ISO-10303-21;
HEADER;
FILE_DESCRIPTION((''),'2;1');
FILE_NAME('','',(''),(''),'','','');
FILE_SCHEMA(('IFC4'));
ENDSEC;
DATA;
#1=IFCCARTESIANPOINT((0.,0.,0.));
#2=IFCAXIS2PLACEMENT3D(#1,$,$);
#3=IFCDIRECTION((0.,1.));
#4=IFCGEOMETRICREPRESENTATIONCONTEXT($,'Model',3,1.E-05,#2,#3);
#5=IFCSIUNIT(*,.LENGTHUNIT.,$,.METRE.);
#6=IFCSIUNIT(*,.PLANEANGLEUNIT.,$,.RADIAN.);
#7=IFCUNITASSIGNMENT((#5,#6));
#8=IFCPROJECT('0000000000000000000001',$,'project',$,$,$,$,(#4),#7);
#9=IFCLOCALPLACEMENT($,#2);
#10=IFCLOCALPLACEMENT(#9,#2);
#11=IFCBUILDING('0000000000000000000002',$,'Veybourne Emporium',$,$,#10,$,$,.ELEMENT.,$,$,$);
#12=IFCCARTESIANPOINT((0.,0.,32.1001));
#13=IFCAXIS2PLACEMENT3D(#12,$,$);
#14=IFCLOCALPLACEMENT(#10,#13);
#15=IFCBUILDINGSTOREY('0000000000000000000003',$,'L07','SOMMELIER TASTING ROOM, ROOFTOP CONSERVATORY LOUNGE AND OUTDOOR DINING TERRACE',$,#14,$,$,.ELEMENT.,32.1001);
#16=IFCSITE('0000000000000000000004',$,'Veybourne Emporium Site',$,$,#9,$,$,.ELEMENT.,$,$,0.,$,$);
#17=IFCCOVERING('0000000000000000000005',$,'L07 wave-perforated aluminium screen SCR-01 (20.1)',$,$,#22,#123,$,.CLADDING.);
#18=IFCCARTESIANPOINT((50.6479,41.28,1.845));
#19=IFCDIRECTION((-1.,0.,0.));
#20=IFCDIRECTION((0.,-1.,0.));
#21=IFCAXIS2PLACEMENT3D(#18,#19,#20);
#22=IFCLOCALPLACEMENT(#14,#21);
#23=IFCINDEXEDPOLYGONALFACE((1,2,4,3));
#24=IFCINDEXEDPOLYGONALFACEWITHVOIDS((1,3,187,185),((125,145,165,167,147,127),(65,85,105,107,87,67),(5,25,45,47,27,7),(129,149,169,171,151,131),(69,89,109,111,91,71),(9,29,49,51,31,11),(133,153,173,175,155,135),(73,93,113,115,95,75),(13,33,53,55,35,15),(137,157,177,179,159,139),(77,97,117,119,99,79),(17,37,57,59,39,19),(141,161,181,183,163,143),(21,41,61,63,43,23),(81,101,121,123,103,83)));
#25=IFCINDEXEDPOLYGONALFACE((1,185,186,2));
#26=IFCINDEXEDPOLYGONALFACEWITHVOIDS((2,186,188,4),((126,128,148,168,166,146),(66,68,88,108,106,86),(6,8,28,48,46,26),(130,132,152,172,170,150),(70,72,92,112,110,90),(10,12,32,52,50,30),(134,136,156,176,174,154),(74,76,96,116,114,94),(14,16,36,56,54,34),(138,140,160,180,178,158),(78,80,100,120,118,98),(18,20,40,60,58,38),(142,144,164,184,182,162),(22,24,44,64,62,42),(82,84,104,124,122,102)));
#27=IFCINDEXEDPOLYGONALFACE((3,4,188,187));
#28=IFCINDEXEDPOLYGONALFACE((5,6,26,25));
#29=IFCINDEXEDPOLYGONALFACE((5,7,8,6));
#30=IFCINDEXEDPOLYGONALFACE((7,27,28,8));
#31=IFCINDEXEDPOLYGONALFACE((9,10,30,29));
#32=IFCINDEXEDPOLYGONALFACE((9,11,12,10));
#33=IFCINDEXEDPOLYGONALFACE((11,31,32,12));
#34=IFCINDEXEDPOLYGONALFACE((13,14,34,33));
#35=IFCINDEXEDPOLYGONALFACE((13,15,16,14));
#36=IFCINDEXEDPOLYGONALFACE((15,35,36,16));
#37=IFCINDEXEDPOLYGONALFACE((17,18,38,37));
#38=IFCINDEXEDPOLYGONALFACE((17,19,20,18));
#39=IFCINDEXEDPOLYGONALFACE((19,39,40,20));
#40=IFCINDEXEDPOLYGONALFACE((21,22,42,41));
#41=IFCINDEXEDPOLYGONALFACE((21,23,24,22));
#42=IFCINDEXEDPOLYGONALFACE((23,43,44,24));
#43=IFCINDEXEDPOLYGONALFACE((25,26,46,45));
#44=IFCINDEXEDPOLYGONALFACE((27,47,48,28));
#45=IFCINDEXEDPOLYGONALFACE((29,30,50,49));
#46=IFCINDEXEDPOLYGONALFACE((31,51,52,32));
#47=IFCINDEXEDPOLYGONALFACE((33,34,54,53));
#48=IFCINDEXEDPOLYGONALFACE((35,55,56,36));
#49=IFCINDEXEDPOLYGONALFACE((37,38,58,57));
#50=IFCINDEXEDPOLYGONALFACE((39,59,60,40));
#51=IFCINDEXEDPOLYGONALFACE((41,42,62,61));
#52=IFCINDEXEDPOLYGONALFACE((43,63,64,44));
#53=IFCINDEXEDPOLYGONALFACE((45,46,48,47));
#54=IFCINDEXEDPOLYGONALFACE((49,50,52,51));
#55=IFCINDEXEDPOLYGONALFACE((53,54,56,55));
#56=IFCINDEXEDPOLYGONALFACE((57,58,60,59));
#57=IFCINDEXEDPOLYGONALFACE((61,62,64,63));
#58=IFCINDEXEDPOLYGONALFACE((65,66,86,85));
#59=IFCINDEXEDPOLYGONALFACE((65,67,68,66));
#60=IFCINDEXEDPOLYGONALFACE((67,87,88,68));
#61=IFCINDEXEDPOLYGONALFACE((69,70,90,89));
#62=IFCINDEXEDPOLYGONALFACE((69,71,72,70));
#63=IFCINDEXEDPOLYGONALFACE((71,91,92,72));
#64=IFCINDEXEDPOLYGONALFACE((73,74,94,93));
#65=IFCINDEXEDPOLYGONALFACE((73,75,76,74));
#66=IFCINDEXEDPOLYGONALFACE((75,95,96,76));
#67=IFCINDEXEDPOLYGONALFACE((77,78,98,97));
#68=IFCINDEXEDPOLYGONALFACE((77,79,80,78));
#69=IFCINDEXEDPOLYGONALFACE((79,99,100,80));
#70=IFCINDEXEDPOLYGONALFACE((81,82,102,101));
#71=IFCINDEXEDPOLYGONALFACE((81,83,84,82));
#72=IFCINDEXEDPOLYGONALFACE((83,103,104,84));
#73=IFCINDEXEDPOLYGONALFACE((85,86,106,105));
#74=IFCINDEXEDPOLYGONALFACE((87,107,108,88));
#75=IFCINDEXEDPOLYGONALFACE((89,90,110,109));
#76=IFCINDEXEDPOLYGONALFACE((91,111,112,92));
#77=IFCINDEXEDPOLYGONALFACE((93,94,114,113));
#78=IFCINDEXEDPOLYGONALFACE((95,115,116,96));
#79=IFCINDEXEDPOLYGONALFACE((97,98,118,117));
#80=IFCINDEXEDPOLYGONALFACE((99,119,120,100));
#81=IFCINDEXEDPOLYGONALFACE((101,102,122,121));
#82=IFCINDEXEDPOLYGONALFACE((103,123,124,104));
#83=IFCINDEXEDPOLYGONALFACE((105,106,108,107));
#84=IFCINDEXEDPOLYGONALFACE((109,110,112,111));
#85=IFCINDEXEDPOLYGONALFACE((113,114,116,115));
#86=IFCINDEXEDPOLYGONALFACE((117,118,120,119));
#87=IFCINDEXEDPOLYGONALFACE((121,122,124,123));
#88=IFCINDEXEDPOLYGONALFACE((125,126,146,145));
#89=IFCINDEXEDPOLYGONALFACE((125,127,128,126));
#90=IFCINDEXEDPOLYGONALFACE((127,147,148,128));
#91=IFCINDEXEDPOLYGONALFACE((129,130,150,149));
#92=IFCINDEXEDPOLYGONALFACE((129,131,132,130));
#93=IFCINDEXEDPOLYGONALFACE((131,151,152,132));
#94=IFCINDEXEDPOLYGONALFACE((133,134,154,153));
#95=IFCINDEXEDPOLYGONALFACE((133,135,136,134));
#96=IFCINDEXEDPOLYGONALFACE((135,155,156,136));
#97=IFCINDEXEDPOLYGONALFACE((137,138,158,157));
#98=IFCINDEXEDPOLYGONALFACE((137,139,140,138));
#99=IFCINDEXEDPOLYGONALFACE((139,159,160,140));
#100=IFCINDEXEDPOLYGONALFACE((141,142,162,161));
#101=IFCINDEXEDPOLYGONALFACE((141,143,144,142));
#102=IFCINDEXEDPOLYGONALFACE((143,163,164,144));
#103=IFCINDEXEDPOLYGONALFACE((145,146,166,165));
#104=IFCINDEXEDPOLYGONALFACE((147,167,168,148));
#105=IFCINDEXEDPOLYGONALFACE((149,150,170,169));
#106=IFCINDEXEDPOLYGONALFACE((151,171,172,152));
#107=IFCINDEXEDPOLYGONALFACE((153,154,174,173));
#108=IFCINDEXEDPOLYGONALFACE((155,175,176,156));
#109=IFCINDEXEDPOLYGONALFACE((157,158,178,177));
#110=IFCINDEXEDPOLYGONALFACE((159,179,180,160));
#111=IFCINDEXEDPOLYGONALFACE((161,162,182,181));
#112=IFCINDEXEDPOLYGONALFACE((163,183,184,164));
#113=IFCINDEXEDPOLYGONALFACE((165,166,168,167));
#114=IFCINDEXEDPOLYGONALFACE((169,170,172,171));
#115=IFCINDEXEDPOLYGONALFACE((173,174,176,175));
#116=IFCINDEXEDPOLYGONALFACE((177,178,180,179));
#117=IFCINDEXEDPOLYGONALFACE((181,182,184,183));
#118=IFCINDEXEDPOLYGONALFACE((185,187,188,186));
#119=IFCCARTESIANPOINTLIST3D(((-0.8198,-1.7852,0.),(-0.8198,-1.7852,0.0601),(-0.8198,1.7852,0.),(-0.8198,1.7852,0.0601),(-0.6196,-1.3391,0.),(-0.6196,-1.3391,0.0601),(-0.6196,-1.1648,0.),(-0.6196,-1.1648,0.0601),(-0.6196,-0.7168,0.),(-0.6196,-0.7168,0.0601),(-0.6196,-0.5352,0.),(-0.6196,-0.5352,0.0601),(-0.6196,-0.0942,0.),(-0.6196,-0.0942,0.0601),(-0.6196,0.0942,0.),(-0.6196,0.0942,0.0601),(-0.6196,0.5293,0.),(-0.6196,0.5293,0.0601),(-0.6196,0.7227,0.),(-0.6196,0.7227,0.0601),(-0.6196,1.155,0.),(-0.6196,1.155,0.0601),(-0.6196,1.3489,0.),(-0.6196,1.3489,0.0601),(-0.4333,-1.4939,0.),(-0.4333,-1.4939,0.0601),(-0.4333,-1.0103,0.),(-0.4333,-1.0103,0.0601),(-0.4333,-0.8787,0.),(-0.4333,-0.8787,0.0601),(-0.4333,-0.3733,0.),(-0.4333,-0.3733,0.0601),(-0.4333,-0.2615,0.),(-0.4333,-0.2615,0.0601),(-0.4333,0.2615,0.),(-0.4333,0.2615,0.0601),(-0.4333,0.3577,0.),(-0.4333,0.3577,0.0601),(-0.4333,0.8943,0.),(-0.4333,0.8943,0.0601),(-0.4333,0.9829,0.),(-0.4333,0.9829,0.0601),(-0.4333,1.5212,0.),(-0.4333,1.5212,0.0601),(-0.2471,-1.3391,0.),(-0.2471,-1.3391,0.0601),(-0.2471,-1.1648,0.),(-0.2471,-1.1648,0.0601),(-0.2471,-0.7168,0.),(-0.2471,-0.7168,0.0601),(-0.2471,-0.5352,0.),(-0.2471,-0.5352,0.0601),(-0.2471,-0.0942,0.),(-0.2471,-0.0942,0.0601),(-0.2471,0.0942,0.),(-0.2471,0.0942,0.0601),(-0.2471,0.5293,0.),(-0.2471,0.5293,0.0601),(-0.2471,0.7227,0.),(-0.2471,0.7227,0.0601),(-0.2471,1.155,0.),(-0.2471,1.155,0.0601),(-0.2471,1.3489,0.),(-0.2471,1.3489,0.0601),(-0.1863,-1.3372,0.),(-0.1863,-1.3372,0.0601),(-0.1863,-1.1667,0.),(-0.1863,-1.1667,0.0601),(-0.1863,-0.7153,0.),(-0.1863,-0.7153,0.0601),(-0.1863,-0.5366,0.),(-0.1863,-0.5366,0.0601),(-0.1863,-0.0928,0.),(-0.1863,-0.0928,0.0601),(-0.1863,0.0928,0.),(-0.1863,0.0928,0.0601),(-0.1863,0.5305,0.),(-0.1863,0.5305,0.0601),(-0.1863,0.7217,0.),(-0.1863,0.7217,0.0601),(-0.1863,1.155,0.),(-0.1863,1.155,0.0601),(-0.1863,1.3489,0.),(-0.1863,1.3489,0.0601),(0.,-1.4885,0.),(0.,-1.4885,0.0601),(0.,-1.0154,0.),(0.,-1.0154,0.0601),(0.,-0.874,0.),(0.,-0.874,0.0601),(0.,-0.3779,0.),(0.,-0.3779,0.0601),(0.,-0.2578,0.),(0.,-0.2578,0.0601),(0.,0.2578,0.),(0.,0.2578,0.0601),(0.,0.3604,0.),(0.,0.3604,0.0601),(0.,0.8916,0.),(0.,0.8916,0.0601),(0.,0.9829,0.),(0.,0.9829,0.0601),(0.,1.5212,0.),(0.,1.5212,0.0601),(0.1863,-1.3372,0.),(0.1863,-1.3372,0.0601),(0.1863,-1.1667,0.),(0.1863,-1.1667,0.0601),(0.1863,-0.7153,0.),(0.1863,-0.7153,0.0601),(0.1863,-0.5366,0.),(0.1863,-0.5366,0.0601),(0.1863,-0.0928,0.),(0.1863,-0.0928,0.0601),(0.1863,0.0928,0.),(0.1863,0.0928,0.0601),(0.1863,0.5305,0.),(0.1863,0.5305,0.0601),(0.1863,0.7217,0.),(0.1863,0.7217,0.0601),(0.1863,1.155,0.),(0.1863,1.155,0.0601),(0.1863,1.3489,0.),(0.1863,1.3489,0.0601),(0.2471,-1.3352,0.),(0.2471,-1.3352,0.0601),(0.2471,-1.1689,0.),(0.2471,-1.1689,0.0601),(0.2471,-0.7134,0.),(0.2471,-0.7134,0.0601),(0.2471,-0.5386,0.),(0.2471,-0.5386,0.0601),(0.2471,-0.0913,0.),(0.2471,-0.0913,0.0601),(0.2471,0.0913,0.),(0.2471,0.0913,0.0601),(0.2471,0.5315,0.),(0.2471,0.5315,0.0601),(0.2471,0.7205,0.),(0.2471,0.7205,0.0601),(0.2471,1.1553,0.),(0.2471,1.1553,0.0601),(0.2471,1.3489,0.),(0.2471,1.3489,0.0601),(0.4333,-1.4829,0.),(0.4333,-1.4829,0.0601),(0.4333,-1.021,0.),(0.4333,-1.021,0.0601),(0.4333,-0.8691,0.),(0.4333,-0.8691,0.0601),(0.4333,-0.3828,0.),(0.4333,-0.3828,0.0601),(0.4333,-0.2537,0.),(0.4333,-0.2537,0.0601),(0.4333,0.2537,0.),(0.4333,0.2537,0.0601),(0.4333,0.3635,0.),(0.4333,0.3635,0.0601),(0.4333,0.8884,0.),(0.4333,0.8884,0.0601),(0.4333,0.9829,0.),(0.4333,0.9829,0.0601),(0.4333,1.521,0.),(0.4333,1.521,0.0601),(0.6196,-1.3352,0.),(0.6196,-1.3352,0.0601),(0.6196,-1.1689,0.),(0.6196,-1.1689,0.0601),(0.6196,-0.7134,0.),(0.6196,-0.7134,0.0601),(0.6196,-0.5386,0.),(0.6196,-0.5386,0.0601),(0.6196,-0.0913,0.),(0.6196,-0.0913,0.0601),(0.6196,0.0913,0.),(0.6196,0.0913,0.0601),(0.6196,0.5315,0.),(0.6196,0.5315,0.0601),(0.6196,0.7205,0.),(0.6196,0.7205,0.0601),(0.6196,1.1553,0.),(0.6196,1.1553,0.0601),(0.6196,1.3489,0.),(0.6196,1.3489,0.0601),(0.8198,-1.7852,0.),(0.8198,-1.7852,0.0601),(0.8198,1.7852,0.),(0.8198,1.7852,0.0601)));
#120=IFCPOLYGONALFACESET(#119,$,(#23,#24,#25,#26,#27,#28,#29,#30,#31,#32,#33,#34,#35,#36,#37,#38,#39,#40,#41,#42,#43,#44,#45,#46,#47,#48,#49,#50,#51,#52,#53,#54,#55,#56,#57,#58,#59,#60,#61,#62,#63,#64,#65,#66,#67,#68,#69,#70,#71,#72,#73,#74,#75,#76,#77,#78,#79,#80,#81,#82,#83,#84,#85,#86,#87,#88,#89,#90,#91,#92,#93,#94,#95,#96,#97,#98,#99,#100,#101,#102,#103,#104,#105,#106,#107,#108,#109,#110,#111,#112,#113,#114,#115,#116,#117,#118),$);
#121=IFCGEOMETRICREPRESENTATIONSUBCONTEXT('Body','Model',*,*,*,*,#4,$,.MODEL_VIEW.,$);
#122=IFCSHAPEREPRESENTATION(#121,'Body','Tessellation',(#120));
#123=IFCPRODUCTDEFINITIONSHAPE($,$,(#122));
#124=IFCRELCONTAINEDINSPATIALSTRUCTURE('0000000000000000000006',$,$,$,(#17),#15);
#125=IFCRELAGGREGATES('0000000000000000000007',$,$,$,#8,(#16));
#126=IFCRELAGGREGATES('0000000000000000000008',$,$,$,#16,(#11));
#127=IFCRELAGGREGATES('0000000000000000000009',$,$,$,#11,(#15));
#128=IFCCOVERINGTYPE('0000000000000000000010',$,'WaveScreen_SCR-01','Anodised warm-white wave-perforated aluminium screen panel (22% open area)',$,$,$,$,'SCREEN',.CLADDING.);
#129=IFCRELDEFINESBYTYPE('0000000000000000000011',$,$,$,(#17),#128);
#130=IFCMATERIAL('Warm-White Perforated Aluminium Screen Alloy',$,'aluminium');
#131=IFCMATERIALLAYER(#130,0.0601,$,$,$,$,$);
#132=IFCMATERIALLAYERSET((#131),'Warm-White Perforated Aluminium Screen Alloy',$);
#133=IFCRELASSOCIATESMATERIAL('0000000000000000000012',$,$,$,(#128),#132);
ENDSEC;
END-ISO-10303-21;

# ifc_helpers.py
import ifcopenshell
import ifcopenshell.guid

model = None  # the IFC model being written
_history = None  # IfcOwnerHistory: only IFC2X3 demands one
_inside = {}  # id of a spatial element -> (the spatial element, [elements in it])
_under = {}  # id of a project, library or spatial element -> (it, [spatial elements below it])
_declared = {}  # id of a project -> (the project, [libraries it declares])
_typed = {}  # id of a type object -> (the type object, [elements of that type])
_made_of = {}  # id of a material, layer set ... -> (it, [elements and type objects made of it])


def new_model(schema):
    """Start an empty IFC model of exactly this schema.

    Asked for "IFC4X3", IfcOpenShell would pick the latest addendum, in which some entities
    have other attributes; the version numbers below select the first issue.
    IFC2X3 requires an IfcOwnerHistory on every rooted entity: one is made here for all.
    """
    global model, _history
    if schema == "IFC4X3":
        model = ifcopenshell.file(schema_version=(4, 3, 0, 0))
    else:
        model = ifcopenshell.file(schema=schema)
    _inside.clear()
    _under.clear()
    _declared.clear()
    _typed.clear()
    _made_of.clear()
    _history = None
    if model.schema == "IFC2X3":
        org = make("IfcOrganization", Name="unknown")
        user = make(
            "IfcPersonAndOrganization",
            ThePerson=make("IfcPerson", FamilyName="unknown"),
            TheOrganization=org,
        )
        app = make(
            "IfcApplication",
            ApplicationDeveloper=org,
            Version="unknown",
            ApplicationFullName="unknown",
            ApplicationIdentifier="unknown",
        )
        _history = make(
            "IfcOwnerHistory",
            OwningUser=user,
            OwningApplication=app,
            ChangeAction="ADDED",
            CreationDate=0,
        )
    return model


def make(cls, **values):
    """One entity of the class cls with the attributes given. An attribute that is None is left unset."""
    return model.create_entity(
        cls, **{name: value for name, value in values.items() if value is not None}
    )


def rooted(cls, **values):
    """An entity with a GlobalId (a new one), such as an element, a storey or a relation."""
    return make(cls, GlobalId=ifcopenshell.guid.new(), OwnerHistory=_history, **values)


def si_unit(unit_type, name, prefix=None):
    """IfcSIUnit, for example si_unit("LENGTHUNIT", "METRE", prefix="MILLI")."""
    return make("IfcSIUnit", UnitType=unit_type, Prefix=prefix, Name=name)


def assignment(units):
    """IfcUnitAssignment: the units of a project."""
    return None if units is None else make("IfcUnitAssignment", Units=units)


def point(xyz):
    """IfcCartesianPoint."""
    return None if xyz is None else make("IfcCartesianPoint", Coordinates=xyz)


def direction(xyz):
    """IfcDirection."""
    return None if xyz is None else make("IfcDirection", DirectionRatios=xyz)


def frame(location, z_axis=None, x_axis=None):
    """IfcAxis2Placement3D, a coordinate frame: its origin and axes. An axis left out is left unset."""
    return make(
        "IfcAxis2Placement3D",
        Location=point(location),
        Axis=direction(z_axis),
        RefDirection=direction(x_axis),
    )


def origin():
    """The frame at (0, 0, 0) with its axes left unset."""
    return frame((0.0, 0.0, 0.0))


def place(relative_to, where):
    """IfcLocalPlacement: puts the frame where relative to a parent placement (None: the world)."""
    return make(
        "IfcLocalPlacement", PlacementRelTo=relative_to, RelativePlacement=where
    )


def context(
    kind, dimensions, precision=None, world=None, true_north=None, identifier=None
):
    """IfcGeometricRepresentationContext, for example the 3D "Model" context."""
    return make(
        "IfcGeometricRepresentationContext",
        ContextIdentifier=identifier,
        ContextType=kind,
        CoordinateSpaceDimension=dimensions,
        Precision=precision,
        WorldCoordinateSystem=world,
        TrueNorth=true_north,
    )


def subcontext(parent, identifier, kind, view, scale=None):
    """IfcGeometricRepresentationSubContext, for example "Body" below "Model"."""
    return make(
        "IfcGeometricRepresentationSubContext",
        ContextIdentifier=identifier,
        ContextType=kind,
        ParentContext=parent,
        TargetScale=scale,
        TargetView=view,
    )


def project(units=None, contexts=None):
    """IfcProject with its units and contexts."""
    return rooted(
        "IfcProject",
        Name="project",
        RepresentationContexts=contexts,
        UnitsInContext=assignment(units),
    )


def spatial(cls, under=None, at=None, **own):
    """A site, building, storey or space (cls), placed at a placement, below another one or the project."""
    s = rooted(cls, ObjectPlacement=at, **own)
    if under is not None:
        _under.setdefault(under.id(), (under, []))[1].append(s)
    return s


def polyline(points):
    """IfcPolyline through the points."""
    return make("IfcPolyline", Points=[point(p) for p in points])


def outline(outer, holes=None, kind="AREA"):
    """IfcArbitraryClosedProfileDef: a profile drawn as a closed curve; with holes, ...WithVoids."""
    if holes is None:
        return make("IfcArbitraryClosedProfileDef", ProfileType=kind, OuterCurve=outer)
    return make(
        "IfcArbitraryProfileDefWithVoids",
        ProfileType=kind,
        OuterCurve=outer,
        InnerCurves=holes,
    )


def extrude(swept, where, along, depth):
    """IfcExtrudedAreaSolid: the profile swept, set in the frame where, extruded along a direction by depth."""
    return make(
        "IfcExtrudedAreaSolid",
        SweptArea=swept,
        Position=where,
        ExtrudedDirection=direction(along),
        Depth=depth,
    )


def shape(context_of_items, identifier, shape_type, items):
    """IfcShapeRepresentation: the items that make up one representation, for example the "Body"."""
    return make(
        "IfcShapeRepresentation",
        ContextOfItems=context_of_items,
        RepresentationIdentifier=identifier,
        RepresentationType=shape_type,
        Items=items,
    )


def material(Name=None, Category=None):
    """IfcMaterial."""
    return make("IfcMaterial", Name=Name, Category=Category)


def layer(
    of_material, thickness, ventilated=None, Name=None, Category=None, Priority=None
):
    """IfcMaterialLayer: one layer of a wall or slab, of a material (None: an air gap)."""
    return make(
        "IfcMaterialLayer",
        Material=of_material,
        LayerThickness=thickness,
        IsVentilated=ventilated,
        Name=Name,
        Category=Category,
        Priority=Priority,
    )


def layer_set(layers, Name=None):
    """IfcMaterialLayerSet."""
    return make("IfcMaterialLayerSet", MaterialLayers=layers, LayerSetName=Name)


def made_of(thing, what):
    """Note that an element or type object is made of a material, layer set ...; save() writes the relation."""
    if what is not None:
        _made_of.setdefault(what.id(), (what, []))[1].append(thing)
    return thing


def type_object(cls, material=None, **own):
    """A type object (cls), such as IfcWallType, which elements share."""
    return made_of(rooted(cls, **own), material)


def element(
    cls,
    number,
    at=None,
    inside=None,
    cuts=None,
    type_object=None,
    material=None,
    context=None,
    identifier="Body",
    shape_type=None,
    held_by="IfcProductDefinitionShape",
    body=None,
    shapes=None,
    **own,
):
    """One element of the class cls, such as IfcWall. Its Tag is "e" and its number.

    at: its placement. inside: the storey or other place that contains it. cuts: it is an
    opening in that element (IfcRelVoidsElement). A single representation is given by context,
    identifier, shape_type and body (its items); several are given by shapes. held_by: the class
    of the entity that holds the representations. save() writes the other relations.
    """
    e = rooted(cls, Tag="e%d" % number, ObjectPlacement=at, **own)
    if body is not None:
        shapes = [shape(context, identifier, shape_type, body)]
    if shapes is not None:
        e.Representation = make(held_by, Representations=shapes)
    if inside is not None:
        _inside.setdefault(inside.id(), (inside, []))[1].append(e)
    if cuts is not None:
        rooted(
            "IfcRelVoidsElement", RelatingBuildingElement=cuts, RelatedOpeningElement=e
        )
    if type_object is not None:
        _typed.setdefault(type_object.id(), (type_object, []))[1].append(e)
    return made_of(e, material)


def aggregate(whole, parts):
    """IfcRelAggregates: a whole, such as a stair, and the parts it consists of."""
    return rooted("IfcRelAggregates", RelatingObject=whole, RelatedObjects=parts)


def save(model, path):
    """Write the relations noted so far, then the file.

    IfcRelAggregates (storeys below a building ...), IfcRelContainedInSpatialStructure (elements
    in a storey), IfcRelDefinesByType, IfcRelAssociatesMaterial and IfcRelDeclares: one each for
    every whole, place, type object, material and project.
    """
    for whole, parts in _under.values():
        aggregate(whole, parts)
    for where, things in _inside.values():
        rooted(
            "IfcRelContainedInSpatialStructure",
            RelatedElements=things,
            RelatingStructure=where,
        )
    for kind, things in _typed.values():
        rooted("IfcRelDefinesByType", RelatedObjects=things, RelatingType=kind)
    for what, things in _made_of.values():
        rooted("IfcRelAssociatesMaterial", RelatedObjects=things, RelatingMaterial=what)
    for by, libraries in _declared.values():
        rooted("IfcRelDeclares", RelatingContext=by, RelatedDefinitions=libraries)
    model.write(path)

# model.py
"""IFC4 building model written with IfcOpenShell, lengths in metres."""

from ifc_helpers import new_model, si_unit, direction, frame, origin, place, context, subcontext, project, spatial, polyline, outline, extrude, material, layer, layer_set, type_object, element, save


model = new_model("IFC4")

# Units and contexts
model_context = context("Model", 3, precision=1e-05, world=origin(), true_north=direction((0.0, 1.0)))
body_context = subcontext(model_context, "Body", "Model", "MODEL_VIEW")
ifc_project = project(units=[si_unit("LENGTHUNIT", "METRE"), si_unit("PLANEANGLEUNIT", "RADIAN")], contexts=[model_context])

# Site, building, storey
site_placement = place(None, origin())
site = spatial("IfcSite", under=ifc_project, at=site_placement, Name="Veybourne Emporium Site", CompositionType="ELEMENT", RefElevation=0.0)
building_placement = place(site_placement, origin())
building = spatial("IfcBuilding", under=site, at=building_placement, Name="Veybourne Emporium", CompositionType="ELEMENT")
storey_placement = place(building_placement, frame((0.0, 0.0, 32.1001)))
storey = spatial("IfcBuildingStorey", under=building, at=storey_placement, Name="L07", Description="SOMMELIER TASTING ROOM, ROOFTOP CONSERVATORY LOUNGE AND OUTDOOR DINING TERRACE", CompositionType="ELEMENT", Elevation=32.1001)

# Covering
ifc_material_1 = material(Name="Warm-White Perforated Aluminium Screen Alloy", Category="aluminium")
ifc_layer_1 = layer(ifc_material_1, 0.0601)
ifc_layer_set_1 = layer_set([ifc_layer_1], Name="Warm-White Perforated Aluminium Screen Alloy")
covering_type_1 = type_object("IfcCoveringType", Name="WaveScreen_SCR-01", Description="Anodised warm-white wave-perforated aluminium screen panel (22% open area)", ElementType="SCREEN", PredefinedType="CLADDING", material=ifc_layer_set_1)
covering_1_placement = place(storey_placement, frame((50.6479, 41.28, 1.845), z_axis=(-1.0, 0.0, 0.0), x_axis=(0.0, -1.0, 0.0)))
element("IfcCovering", 1, at=covering_1_placement, inside=storey, type_object=covering_type_1, Name="L07 wave-perforated aluminium screen SCR-01 (20.1)", PredefinedType="CLADDING", context=body_context, shape_type="SweptSolid", body=[
    extrude(outline(polyline([(-0.8198, -1.7852), (0.8198, -1.7852), (0.8198, 1.7852), (-0.8198, 1.7852), (-0.8198, -1.7852)]), holes=[polyline([(-0.4333, -1.0103), (-0.2471, -1.1648), (-0.2471, -1.3391), (-0.4333, -1.4939), (-0.6196, -1.3391), (-0.6196, -1.1648), (-0.4333, -1.0103)]), polyline([(-0.4333, -0.3733), (-0.2471, -0.5352), (-0.2471, -0.7168), (-0.4333, -0.8787), (-0.6196, -0.7168), (-0.6196, -0.5352), (-0.4333, -0.3733)]), polyline([(-0.4333, 0.2615), (-0.2471, 0.0942), (-0.2471, -0.0942), (-0.4333, -0.2615), (-0.6196, -0.0942), (-0.6196, 0.0942), (-0.4333, 0.2615)]), polyline([(-0.4333, 0.8943), (-0.2471, 0.7227), (-0.2471, 0.5293), (-0.4333, 0.3577), (-0.6196, 0.5293), (-0.6196, 0.7227), (-0.4333, 0.8943)]), polyline([(-0.4333, 1.5212), (-0.2471, 1.3489), (-0.2471, 1.155), (-0.4333, 0.9829), (-0.6196, 1.155), (-0.6196, 1.3489), (-0.4333, 1.5212)]), polyline([(0.0, -1.0154), (0.1863, -1.1667), (0.1863, -1.3372), (0.0, -1.4885), (-0.1863, -1.3372), (-0.1863, -1.1667), (0.0, -1.0154)]), polyline([(0.0, -0.3779), (0.1863, -0.5366), (0.1863, -0.7153), (0.0, -0.874), (-0.1863, -0.7153), (-0.1863, -0.5366), (0.0, -0.3779)]), polyline([(0.0, 0.2578), (0.1863, 0.0928), (0.1863, -0.0928), (0.0, -0.2578), (-0.1863, -0.0928), (-0.1863, 0.0928), (0.0, 0.2578)]), polyline([(0.0, 0.8916), (0.1863, 0.7217), (0.1863, 0.5305), (0.0, 0.3604), (-0.1863, 0.5305), (-0.1863, 0.7217), (0.0, 0.8916)]), polyline([(0.0, 1.5212), (0.1863, 1.3489), (0.1863, 1.155), (0.0, 0.9829), (-0.1863, 1.155), (-0.1863, 1.3489), (0.0, 1.5212)]), polyline([(0.4333, -1.021), (0.6196, -1.1689), (0.6196, -1.3352), (0.4333, -1.4829), (0.2471, -1.3352), (0.2471, -1.1689), (0.4333, -1.021)]), polyline([(0.4333, -0.3828), (0.6196, -0.5386), (0.6196, -0.7134), (0.4333, -0.8691), (0.2471, -0.7134), (0.2471, -0.5386), (0.4333, -0.3828)]), polyline([(0.4333, 0.2537), (0.6196, 0.0913), (0.6196, -0.0913), (0.4333, -0.2537), (0.2471, -0.0913), (0.2471, 0.0913), (0.4333, 0.2537)]), polyline([(0.4333, 0.8884), (0.6196, 0.7205), (0.6196, 0.5315), (0.4333, 0.3635), (0.2471, 0.5315), (0.2471, 0.7205), (0.4333, 0.8884)]), polyline([(0.4333, 1.521), (0.6196, 1.3489), (0.6196, 1.1553), (0.4333, 0.9829), (0.2471, 1.1553), (0.2471, 1.3489), (0.4333, 1.521)])]), origin(), (0.0, 0.0, 1.0), 0.0601),
])

save(model, "model.ifc")
